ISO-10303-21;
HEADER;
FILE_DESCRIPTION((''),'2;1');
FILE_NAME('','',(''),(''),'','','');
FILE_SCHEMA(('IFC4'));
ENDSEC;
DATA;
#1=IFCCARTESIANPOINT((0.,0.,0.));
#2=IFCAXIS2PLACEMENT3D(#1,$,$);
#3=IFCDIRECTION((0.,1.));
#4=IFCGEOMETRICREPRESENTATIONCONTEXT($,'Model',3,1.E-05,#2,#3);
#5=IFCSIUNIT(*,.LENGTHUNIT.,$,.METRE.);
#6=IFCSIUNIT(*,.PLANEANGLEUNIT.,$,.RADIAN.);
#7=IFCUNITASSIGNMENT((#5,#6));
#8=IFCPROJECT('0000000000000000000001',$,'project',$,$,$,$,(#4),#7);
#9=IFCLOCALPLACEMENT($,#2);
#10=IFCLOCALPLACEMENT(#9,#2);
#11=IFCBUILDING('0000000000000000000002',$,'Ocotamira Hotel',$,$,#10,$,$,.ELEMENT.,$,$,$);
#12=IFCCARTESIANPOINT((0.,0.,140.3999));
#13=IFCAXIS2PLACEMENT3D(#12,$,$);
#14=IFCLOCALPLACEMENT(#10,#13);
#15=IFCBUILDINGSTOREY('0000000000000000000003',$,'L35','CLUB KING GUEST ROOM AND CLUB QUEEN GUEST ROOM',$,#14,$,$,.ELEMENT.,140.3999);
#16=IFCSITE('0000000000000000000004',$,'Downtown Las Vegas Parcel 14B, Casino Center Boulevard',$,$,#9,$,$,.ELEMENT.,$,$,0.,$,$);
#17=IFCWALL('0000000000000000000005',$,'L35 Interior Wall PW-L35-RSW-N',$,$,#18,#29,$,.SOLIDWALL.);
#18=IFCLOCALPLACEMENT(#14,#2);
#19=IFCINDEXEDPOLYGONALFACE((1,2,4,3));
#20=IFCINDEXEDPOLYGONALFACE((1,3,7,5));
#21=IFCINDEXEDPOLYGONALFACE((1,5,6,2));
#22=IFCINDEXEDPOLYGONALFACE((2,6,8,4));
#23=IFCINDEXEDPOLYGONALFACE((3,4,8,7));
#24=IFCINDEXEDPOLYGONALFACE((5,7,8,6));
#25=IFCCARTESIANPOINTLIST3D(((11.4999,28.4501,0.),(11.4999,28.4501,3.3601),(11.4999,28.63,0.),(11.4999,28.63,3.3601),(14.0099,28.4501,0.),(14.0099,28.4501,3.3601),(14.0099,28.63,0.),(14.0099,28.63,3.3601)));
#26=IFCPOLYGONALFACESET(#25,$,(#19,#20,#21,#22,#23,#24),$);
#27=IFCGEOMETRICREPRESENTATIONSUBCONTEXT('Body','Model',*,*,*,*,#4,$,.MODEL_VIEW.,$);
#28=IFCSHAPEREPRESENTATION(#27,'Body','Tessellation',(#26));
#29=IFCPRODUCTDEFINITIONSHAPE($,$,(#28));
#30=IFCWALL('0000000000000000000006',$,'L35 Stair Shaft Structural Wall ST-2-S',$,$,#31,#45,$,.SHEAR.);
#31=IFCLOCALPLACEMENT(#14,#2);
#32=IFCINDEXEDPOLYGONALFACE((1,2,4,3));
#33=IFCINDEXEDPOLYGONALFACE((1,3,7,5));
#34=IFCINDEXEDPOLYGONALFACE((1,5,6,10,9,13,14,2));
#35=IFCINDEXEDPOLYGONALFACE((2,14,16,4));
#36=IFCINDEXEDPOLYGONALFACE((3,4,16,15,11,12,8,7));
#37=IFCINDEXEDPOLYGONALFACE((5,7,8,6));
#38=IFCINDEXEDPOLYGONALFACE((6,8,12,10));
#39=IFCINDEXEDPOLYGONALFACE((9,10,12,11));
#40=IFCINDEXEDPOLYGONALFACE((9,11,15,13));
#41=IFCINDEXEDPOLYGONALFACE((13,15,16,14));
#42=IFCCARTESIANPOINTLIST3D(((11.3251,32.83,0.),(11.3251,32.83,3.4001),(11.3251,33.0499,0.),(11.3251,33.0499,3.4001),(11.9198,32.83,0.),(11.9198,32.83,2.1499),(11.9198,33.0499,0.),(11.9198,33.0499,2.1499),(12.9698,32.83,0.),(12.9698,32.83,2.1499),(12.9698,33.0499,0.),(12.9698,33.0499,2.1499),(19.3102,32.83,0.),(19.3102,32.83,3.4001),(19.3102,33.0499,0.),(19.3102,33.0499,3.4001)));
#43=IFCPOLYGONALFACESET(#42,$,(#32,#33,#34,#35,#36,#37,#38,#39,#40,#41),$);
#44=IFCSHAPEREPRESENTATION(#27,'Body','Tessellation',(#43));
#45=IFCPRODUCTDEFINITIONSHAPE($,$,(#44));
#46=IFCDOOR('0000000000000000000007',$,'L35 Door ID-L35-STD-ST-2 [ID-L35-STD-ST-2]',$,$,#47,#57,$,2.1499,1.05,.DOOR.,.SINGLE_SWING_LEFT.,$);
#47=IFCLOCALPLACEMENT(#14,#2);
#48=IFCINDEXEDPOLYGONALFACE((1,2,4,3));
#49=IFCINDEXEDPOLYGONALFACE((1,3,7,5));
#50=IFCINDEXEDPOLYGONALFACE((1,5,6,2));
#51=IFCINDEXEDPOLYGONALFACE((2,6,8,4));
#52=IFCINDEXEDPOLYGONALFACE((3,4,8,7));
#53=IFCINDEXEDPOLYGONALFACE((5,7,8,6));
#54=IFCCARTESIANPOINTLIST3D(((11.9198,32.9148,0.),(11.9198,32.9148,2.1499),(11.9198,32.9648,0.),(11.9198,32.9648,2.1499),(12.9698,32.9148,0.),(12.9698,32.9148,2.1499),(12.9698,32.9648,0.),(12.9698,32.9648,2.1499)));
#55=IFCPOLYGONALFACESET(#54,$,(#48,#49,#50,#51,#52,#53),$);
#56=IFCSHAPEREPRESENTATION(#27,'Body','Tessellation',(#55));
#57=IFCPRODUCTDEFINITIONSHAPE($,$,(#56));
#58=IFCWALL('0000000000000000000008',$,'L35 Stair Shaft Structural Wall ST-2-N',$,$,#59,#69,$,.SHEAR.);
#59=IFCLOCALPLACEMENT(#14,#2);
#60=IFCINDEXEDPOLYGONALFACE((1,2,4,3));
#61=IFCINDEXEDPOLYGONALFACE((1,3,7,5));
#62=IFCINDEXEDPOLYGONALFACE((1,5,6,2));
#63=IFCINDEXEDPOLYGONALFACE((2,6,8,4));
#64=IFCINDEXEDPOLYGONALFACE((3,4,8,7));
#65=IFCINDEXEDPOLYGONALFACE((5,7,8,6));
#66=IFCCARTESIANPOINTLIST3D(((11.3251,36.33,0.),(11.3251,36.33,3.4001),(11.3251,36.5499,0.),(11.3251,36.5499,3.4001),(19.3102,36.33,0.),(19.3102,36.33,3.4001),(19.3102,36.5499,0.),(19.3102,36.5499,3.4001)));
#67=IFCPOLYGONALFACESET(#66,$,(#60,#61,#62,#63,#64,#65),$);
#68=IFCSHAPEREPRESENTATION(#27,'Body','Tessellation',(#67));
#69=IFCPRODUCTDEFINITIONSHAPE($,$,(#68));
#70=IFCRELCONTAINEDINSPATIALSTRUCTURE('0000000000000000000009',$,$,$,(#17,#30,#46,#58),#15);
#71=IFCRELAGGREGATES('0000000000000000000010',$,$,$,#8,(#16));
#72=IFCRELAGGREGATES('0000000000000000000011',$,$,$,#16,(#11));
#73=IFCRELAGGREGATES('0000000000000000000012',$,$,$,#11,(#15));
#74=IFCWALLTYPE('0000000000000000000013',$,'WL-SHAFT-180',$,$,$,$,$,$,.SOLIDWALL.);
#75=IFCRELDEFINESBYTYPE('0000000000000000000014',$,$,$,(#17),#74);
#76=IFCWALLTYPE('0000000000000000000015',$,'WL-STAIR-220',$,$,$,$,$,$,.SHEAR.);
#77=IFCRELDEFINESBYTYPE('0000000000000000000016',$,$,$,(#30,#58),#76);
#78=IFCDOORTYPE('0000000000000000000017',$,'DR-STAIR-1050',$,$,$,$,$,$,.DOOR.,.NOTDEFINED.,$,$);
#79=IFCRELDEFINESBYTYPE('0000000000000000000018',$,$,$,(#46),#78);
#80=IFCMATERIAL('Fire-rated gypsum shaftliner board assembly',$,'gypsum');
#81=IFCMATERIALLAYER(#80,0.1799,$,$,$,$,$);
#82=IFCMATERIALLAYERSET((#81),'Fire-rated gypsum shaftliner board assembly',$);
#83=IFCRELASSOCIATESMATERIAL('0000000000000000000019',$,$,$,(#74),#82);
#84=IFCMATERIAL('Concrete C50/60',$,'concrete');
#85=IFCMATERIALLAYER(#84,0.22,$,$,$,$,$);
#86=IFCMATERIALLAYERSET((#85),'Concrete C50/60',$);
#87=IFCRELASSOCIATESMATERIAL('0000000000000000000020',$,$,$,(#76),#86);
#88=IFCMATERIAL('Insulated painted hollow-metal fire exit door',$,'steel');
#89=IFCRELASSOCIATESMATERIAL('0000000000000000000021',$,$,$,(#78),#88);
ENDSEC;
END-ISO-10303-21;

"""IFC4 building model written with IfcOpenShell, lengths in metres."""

from ifc_helpers import new_model, si_unit, direction, frame, frame_2d, origin, place, context, subcontext, project, spatial, rectangle, extrude, source, transform, mapped, material, layer, layer_set, type_object, element, fill, save


model = new_model("IFC4")

# Units and contexts
model_context = context("Model", 3, precision=1e-05, world=origin(), true_north=direction((0.0, 1.0)))
body_context = subcontext(model_context, "Body", "Model", "MODEL_VIEW")
ifc_project = project(units=[si_unit("LENGTHUNIT", "METRE"), si_unit("PLANEANGLEUNIT", "RADIAN")], contexts=[model_context])

# Site, building, storey
site_placement = place(None, origin())
site = spatial("IfcSite", under=ifc_project, at=site_placement, Name="Downtown Las Vegas Parcel 14B, Casino Center Boulevard", CompositionType="ELEMENT", RefElevation=0.0)
building_placement = place(site_placement, origin())
building = spatial("IfcBuilding", under=site, at=building_placement, Name="Ocotamira Hotel", CompositionType="ELEMENT")
storey_placement = place(building_placement, frame((0.0, 0.0, 140.3999)))
storey = spatial("IfcBuildingStorey", under=building, at=storey_placement, Name="L35", Description="CLUB KING GUEST ROOM AND CLUB QUEEN GUEST ROOM", CompositionType="ELEMENT", Elevation=140.3999)

# Wall
ifc_material_1 = material(Name="Fire-rated gypsum shaftliner board assembly", Category="gypsum")
ifc_layer_1 = layer(ifc_material_1, 0.1799)
ifc_layer_set_1 = layer_set([ifc_layer_1], Name="Fire-rated gypsum shaftliner board assembly")
wall_type_1 = type_object("IfcWallType", Name="WL-SHAFT-180", PredefinedType="SOLIDWALL", material=ifc_layer_set_1)
for number, where, z_axis, x_axis, name in (
    (1, (11.5, 28.54, 0.0), (0.0, 0.0, 1.0), (1.0, 0.0, 0.0), "L35 Interior Wall PW-L35-RSW-N"),
):
    element("IfcWall", number, at=place(storey_placement, frame(where, z_axis=z_axis, x_axis=x_axis)), inside=storey, type_object=wall_type_1, Name=name, PredefinedType="SOLIDWALL", context=body_context, shape_type="SweptSolid", body=[
        extrude(rectangle(XDim=2.51, YDim=0.1799, at=frame_2d((1.2549, 0.0))), origin(), (0.0, 0.0, 1.0), 3.3601),
    ])

# Wall, opening, door
ifc_material_2 = material(Name="Concrete C50/60", Category="concrete")
ifc_layer_2 = layer(ifc_material_2, 0.22)
ifc_layer_set_2 = layer_set([ifc_layer_2], Name="Concrete C50/60")
wall_type_2 = type_object("IfcWallType", Name="WL-STAIR-220", PredefinedType="SHEAR", material=ifc_layer_set_2)
wall_1_placement = place(storey_placement, frame((11.325, 32.9399, 0.0), z_axis=(0.0, 0.0, 1.0), x_axis=(1.0, 0.0, 0.0)))
wall_1 = element("IfcWall", 2, at=wall_1_placement, inside=storey, type_object=wall_type_2, Name="L35 Stair Shaft Structural Wall ST-2-S", PredefinedType="SHEAR", context=body_context, shape_type="SweptSolid", body=[
    extrude(rectangle(XDim=7.9851, YDim=0.22, at=frame_2d((3.9927, 0.0))), origin(), (0.0, 0.0, 1.0), 3.4001),
])
opening_1_placement = place(wall_1_placement, frame((0.595, 0.0, 0.0)))
opening_1 = element("IfcOpeningElement", 3, at=opening_1_placement, cuts=wall_1, PredefinedType="OPENING", context=body_context, shape_type="SweptSolid", body=[
    extrude(rectangle(XDim=1.05, YDim=2.1499, at=frame_2d((0.5249, 1.075))), frame((0.0, 0.1201, 0.0), z_axis=(0.0, -1.0, 0.0), x_axis=(1.0, 0.0, 0.0)), (0.0, 0.0, 1.0), 0.24),
])
ifc_material_3 = material(Name="Insulated painted hollow-metal fire exit door", Category="steel")
door_type_1 = type_object("IfcDoorType", Name="DR-STAIR-1050", OperationType="NOTDEFINED", PredefinedType="DOOR", material=ifc_material_3)
shared_shape_1 = source(origin(), body_context, "Body", "SweptSolid", [
    extrude(rectangle(XDim=1.05, YDim=2.1499, at=frame_2d((0.5249, 1.075))), frame((0.0, 0.0249, 0.0), z_axis=(0.0, -1.0, 0.0), x_axis=(1.0, 0.0, 0.0)), (0.0, 0.0, 1.0), 0.05),
])
door_1_placement = place(opening_1_placement, origin())
door_1 = element("IfcDoor", 4, at=door_1_placement, inside=storey, type_object=door_type_1, Name="L35 Door ID-L35-STD-ST-2 [ID-L35-STD-ST-2]", OperationType="SINGLE_SWING_LEFT", OverallHeight=2.1499, OverallWidth=1.05, PredefinedType="DOOR", context=body_context, shape_type="MappedRepresentation", body=[
    mapped(shared_shape_1, transform((0.0, 0.0, 0.0), scale=1.0)),
])
fill(opening_1, door_1)

# Wall
wall_2_placement = place(storey_placement, frame((11.325, 36.4399, 0.0), z_axis=(0.0, 0.0, 1.0), x_axis=(1.0, 0.0, 0.0)))
element("IfcWall", 5, at=wall_2_placement, inside=storey, type_object=wall_type_2, Name="L35 Stair Shaft Structural Wall ST-2-N", PredefinedType="SHEAR", context=body_context, shape_type="SweptSolid", body=[
    extrude(rectangle(XDim=7.9851, YDim=0.22, at=frame_2d((3.9927, 0.0))), origin(), (0.0, 0.0, 1.0), 3.4001),
])

save(model, "model.ifc")
